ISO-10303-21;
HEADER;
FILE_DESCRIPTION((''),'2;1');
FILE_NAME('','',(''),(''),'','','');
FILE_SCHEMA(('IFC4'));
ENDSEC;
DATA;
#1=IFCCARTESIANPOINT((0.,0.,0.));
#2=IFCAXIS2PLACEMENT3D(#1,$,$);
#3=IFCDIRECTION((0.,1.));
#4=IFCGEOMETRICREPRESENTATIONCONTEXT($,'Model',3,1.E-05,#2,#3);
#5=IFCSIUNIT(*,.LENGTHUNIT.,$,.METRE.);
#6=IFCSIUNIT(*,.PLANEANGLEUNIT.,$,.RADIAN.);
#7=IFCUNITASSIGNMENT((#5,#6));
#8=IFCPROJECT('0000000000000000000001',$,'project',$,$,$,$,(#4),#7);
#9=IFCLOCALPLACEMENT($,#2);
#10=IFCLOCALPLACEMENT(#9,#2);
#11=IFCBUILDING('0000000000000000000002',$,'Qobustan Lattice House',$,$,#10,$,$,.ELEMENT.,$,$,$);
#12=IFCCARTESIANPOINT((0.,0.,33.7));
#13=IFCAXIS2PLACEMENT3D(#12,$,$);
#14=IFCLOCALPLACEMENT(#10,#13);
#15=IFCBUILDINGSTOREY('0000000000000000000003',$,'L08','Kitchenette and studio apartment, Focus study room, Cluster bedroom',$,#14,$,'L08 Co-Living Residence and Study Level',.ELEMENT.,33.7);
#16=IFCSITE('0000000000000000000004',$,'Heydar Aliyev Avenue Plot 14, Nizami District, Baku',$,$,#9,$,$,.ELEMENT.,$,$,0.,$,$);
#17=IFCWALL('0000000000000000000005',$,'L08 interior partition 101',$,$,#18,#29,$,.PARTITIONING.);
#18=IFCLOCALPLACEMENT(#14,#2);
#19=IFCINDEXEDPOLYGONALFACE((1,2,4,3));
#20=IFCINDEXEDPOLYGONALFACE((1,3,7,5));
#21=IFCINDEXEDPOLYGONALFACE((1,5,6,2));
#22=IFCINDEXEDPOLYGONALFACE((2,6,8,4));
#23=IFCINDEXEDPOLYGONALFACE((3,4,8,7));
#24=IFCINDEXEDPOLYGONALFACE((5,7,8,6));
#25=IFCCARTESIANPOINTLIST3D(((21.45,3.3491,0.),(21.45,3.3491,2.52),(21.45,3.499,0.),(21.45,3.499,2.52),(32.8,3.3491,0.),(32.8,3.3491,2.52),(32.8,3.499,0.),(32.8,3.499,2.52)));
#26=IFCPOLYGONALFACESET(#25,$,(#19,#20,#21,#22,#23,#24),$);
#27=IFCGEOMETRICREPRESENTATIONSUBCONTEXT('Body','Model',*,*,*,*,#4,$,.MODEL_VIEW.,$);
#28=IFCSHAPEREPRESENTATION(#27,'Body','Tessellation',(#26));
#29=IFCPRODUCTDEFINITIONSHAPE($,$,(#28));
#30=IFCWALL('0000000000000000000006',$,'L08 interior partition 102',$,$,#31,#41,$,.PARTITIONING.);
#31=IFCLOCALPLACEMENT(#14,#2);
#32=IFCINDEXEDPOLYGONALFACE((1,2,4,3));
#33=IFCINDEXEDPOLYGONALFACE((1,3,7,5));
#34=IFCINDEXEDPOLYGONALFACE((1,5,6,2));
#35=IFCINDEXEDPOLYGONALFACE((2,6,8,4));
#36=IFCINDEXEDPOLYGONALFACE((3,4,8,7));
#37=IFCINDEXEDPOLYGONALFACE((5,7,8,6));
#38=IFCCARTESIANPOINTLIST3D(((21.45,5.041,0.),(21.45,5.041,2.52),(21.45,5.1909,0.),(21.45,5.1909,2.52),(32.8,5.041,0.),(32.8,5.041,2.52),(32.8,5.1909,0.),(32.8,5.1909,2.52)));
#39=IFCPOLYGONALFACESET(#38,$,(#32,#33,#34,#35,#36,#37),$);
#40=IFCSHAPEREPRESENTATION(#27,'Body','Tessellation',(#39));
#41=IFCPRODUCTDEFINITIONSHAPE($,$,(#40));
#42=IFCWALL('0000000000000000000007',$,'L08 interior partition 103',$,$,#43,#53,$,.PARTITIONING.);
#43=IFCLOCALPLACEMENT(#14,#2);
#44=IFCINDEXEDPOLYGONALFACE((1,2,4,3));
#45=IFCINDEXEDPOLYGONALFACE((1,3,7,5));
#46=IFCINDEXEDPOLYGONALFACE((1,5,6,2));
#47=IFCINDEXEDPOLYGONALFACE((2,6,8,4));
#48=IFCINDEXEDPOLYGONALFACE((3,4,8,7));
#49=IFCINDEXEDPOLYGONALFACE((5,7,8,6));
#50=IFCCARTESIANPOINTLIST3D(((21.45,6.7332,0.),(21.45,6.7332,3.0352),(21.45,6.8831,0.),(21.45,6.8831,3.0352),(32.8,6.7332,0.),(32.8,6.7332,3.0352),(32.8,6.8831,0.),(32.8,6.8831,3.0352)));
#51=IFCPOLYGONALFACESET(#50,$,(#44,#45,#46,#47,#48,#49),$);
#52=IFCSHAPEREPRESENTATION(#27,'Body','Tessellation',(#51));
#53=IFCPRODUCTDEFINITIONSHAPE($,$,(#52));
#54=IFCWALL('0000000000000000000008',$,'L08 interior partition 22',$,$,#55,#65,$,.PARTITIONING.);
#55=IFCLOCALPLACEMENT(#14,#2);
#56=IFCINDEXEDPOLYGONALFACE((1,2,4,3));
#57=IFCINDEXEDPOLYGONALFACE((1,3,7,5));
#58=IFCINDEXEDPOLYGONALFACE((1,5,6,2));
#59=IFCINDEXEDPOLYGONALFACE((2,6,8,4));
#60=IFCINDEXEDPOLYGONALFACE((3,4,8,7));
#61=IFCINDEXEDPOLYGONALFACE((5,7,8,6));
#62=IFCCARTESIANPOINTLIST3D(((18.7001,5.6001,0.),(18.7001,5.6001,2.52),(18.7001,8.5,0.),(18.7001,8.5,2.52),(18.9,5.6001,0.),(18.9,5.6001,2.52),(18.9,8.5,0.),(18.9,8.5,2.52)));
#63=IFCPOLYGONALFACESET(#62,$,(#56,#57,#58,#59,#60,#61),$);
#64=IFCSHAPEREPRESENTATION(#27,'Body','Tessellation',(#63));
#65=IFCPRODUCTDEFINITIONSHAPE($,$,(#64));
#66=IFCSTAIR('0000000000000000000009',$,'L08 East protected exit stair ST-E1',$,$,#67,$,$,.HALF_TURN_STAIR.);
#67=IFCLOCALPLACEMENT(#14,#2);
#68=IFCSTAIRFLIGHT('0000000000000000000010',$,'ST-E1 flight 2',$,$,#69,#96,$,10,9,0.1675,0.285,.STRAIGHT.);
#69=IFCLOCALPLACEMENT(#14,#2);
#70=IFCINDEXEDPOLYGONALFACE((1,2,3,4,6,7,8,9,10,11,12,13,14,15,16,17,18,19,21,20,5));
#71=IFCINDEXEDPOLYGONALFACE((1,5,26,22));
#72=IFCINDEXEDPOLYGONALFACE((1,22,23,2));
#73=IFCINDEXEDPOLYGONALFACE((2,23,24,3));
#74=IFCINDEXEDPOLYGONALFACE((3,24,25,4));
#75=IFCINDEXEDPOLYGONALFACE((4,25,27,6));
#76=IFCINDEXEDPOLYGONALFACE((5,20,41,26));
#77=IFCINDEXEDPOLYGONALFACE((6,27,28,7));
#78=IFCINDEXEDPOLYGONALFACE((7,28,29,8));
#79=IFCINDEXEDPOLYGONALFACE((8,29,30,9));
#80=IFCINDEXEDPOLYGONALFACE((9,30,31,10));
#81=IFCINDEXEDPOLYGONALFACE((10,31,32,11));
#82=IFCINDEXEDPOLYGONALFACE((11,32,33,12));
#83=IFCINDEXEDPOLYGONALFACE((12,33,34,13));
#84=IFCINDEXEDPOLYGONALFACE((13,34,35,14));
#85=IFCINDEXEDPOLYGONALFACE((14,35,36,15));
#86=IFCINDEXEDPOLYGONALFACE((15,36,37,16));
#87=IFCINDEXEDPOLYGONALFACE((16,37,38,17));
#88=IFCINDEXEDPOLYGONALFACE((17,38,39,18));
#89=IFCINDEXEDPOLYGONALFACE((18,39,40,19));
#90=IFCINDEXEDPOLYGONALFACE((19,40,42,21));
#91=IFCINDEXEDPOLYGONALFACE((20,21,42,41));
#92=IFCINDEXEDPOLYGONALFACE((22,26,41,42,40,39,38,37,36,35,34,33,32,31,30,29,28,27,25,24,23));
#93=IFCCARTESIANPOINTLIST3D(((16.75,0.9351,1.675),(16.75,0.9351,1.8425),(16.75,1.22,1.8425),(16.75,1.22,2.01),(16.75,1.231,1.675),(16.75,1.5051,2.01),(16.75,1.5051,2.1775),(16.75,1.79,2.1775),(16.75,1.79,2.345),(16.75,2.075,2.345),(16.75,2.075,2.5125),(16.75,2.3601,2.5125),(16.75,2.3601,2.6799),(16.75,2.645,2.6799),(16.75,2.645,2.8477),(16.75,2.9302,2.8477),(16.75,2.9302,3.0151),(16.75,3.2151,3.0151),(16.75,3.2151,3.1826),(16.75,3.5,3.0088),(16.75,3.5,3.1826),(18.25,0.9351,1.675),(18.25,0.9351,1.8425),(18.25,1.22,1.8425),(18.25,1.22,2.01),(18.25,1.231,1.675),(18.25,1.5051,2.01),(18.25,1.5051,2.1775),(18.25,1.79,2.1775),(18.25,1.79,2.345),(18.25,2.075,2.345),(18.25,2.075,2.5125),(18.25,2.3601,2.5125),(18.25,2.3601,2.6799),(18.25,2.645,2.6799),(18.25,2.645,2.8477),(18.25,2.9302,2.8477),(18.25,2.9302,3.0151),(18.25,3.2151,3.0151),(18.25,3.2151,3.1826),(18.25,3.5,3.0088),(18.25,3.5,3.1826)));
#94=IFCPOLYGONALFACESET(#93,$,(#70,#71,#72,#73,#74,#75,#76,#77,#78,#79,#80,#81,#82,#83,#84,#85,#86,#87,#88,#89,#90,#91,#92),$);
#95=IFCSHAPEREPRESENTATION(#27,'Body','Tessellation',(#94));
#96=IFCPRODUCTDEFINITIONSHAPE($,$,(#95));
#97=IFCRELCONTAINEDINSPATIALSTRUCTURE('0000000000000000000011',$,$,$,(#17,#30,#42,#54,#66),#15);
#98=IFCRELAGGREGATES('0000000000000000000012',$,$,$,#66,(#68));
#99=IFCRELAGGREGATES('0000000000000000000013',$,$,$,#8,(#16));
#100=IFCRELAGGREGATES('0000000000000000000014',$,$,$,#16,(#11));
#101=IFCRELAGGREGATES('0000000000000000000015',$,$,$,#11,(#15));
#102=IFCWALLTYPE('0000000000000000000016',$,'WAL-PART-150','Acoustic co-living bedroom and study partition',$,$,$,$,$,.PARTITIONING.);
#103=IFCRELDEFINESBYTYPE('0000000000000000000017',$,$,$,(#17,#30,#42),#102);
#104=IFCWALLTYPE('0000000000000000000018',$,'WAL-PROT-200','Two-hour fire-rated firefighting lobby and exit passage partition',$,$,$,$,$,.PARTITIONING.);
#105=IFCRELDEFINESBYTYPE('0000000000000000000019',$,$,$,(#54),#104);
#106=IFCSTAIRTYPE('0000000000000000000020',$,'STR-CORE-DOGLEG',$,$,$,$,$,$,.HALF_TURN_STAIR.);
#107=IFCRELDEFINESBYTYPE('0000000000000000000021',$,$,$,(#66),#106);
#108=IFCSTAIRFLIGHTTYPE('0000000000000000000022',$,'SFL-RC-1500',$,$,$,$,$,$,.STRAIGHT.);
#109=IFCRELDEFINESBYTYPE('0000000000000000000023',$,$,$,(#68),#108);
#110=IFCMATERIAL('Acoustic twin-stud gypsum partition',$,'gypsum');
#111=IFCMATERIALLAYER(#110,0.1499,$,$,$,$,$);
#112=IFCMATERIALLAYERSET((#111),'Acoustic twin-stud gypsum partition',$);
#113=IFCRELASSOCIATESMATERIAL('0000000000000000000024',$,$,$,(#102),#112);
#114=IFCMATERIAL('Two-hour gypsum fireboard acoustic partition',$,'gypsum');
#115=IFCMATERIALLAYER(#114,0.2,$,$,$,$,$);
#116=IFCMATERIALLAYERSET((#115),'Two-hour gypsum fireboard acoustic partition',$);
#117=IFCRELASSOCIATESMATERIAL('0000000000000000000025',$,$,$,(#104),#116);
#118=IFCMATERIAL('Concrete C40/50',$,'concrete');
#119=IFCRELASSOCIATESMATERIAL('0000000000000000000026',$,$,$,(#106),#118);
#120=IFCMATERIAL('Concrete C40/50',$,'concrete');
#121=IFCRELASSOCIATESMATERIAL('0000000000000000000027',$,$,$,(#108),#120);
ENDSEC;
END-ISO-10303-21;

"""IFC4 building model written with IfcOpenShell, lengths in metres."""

from ifc_helpers import new_model, si_unit, direction, frame, frame_2d, origin, place, context, subcontext, project, spatial, polyline, rectangle, outline, extrude, material, layer, layer_set, type_object, element, aggregate, save


model = new_model("IFC4")

# Units and contexts
model_context = context("Model", 3, precision=1e-05, world=origin(), true_north=direction((0.0, 1.0)))
body_context = subcontext(model_context, "Body", "Model", "MODEL_VIEW")
ifc_project = project(units=[si_unit("LENGTHUNIT", "METRE"), si_unit("PLANEANGLEUNIT", "RADIAN")], contexts=[model_context])

# Site, building, storey
site_placement = place(None, origin())
site = spatial("IfcSite", under=ifc_project, at=site_placement, Name="Heydar Aliyev Avenue Plot 14, Nizami District, Baku", CompositionType="ELEMENT", RefElevation=0.0)
building_placement = place(site_placement, origin())
building = spatial("IfcBuilding", under=site, at=building_placement, Name="Qobustan Lattice House", CompositionType="ELEMENT")
storey_placement = place(building_placement, frame((0.0, 0.0, 33.7)))
storey = spatial("IfcBuildingStorey", under=building, at=storey_placement, Name="L08", Description="Kitchenette and studio apartment, Focus study room, Cluster bedroom", LongName="L08 Co-Living Residence and Study Level", CompositionType="ELEMENT", Elevation=33.7)

# Shared definitions
ifc_material_1 = material(Name="Acoustic twin-stud gypsum partition", Category="gypsum")
ifc_layer_1 = layer(ifc_material_1, 0.1499)
ifc_layer_set_1 = layer_set([ifc_layer_1], Name="Acoustic twin-stud gypsum partition")
wall_type_1 = type_object("IfcWallType", Name="WAL-PART-150", Description="Acoustic co-living bedroom and study partition", PredefinedType="PARTITIONING", material=ifc_layer_set_1)

# Walls
for number, where, z_axis, x_axis, name in (
    (1, (21.45, 3.4241, 0.0), (0.0, 0.0, 1.0), (1.0, 0.0, 0.0), "L08 interior partition 101"),
    (2, (21.45, 5.116, 0.0), (0.0, 0.0, 1.0), (1.0, 0.0, 0.0), "L08 interior partition 102"),
):
    element("IfcWall", number, at=place(storey_placement, frame(where, z_axis=z_axis, x_axis=x_axis)), inside=storey, type_object=wall_type_1, Name=name, PredefinedType="PARTITIONING", context=body_context, shape_type="SweptSolid", body=[
        extrude(rectangle(XDim=11.3501, YDim=0.1499, at=frame_2d((5.675, 0.0))), origin(), (0.0, 0.0, 1.0), 2.52),
    ])
wall_1_placement = place(storey_placement, frame((21.45, 6.8081, 0.0), z_axis=(0.0, 0.0, 1.0), x_axis=(1.0, 0.0, 0.0)))
element("IfcWall", 3, at=wall_1_placement, inside=storey, type_object=wall_type_1, Name="L08 interior partition 103", PredefinedType="PARTITIONING", context=body_context, shape_type="SweptSolid", body=[
    extrude(rectangle(XDim=11.3501, YDim=0.1499, at=frame_2d((5.675, 0.0))), origin(), (0.0, 0.0, 1.0), 3.0352),
])

# Shared definitions
ifc_material_2 = material(Name="Two-hour gypsum fireboard acoustic partition", Category="gypsum")
ifc_layer_2 = layer(ifc_material_2, 0.2)
ifc_layer_set_2 = layer_set([ifc_layer_2], Name="Two-hour gypsum fireboard acoustic partition")
wall_type_2 = type_object("IfcWallType", Name="WAL-PROT-200", Description="Two-hour fire-rated firefighting lobby and exit passage partition", PredefinedType="PARTITIONING", material=ifc_layer_set_2)

# Wall
wall_2_placement = place(storey_placement, frame((18.8, 5.6001, 0.0), z_axis=(0.0, 0.0, 1.0), x_axis=(0.0, 1.0, 0.0)))
element("IfcWall", 4, at=wall_2_placement, inside=storey, type_object=wall_type_2, Name="L08 interior partition 22", PredefinedType="PARTITIONING", context=body_context, shape_type="SweptSolid", body=[
    extrude(rectangle(XDim=2.8999, YDim=0.2, at=frame_2d((1.45, 0.0))), origin(), (0.0, 0.0, 1.0), 2.52),
])

# Stair, stair flight
ifc_material_3 = material(Name="Concrete C40/50", Category="concrete")
stair_type = type_object("IfcStairType", Name="STR-CORE-DOGLEG", PredefinedType="HALF_TURN_STAIR", material=ifc_material_3)
stair_placement = place(storey_placement, origin())
stair = element("IfcStair", 5, at=stair_placement, inside=storey, type_object=stair_type, Name="L08 East protected exit stair ST-E1", PredefinedType="HALF_TURN_STAIR")
ifc_material_4 = material(Name="Concrete C40/50", Category="concrete")
stair_flight_type = type_object("IfcStairFlightType", Name="SFL-RC-1500", PredefinedType="STRAIGHT", material=ifc_material_4)
stair_flight_placement = place(storey_placement, frame((17.5, 0.9351, 1.675), z_axis=(0.0, 0.0, 1.0), x_axis=(0.0, 1.0, 0.0)))
stair_flight = element("IfcStairFlight", 6, at=stair_flight_placement, type_object=stair_flight_type, Name="ST-E1 flight 2", NumberOfRisers=10, NumberOfTreads=9, PredefinedType="STRAIGHT", RiserHeight=0.1675, TreadLength=0.285, context=body_context, shape_type="SweptSolid", body=[
    extrude(outline(polyline([(0.0, 0.0), (0.0, 0.1675), (0.2849, 0.1675), (0.2849, 0.335), (0.5701, 0.335), (0.5701, 0.5024), (0.855, 0.5024), (0.855, 0.6699), (1.1399, 0.6699), (1.1399, 0.8374), (1.425, 0.8374), (1.425, 1.0049), (1.71, 1.0049), (1.71, 1.1726), (1.9951, 1.1726), (1.9951, 1.3401), (2.28, 1.3401), (2.28, 1.5076), (2.5649, 1.5076), (2.5649, 1.675), (2.5649, 1.3337), (0.2959, 0.0), (0.0, 0.0)])), frame((0.0, 0.75, 0.0), z_axis=(0.0, -1.0, 0.0), x_axis=(1.0, 0.0, 0.0)), (0.0, 0.0, 1.0), 1.5),
])
aggregate(stair, [stair_flight])

save(model, "model.ifc")
